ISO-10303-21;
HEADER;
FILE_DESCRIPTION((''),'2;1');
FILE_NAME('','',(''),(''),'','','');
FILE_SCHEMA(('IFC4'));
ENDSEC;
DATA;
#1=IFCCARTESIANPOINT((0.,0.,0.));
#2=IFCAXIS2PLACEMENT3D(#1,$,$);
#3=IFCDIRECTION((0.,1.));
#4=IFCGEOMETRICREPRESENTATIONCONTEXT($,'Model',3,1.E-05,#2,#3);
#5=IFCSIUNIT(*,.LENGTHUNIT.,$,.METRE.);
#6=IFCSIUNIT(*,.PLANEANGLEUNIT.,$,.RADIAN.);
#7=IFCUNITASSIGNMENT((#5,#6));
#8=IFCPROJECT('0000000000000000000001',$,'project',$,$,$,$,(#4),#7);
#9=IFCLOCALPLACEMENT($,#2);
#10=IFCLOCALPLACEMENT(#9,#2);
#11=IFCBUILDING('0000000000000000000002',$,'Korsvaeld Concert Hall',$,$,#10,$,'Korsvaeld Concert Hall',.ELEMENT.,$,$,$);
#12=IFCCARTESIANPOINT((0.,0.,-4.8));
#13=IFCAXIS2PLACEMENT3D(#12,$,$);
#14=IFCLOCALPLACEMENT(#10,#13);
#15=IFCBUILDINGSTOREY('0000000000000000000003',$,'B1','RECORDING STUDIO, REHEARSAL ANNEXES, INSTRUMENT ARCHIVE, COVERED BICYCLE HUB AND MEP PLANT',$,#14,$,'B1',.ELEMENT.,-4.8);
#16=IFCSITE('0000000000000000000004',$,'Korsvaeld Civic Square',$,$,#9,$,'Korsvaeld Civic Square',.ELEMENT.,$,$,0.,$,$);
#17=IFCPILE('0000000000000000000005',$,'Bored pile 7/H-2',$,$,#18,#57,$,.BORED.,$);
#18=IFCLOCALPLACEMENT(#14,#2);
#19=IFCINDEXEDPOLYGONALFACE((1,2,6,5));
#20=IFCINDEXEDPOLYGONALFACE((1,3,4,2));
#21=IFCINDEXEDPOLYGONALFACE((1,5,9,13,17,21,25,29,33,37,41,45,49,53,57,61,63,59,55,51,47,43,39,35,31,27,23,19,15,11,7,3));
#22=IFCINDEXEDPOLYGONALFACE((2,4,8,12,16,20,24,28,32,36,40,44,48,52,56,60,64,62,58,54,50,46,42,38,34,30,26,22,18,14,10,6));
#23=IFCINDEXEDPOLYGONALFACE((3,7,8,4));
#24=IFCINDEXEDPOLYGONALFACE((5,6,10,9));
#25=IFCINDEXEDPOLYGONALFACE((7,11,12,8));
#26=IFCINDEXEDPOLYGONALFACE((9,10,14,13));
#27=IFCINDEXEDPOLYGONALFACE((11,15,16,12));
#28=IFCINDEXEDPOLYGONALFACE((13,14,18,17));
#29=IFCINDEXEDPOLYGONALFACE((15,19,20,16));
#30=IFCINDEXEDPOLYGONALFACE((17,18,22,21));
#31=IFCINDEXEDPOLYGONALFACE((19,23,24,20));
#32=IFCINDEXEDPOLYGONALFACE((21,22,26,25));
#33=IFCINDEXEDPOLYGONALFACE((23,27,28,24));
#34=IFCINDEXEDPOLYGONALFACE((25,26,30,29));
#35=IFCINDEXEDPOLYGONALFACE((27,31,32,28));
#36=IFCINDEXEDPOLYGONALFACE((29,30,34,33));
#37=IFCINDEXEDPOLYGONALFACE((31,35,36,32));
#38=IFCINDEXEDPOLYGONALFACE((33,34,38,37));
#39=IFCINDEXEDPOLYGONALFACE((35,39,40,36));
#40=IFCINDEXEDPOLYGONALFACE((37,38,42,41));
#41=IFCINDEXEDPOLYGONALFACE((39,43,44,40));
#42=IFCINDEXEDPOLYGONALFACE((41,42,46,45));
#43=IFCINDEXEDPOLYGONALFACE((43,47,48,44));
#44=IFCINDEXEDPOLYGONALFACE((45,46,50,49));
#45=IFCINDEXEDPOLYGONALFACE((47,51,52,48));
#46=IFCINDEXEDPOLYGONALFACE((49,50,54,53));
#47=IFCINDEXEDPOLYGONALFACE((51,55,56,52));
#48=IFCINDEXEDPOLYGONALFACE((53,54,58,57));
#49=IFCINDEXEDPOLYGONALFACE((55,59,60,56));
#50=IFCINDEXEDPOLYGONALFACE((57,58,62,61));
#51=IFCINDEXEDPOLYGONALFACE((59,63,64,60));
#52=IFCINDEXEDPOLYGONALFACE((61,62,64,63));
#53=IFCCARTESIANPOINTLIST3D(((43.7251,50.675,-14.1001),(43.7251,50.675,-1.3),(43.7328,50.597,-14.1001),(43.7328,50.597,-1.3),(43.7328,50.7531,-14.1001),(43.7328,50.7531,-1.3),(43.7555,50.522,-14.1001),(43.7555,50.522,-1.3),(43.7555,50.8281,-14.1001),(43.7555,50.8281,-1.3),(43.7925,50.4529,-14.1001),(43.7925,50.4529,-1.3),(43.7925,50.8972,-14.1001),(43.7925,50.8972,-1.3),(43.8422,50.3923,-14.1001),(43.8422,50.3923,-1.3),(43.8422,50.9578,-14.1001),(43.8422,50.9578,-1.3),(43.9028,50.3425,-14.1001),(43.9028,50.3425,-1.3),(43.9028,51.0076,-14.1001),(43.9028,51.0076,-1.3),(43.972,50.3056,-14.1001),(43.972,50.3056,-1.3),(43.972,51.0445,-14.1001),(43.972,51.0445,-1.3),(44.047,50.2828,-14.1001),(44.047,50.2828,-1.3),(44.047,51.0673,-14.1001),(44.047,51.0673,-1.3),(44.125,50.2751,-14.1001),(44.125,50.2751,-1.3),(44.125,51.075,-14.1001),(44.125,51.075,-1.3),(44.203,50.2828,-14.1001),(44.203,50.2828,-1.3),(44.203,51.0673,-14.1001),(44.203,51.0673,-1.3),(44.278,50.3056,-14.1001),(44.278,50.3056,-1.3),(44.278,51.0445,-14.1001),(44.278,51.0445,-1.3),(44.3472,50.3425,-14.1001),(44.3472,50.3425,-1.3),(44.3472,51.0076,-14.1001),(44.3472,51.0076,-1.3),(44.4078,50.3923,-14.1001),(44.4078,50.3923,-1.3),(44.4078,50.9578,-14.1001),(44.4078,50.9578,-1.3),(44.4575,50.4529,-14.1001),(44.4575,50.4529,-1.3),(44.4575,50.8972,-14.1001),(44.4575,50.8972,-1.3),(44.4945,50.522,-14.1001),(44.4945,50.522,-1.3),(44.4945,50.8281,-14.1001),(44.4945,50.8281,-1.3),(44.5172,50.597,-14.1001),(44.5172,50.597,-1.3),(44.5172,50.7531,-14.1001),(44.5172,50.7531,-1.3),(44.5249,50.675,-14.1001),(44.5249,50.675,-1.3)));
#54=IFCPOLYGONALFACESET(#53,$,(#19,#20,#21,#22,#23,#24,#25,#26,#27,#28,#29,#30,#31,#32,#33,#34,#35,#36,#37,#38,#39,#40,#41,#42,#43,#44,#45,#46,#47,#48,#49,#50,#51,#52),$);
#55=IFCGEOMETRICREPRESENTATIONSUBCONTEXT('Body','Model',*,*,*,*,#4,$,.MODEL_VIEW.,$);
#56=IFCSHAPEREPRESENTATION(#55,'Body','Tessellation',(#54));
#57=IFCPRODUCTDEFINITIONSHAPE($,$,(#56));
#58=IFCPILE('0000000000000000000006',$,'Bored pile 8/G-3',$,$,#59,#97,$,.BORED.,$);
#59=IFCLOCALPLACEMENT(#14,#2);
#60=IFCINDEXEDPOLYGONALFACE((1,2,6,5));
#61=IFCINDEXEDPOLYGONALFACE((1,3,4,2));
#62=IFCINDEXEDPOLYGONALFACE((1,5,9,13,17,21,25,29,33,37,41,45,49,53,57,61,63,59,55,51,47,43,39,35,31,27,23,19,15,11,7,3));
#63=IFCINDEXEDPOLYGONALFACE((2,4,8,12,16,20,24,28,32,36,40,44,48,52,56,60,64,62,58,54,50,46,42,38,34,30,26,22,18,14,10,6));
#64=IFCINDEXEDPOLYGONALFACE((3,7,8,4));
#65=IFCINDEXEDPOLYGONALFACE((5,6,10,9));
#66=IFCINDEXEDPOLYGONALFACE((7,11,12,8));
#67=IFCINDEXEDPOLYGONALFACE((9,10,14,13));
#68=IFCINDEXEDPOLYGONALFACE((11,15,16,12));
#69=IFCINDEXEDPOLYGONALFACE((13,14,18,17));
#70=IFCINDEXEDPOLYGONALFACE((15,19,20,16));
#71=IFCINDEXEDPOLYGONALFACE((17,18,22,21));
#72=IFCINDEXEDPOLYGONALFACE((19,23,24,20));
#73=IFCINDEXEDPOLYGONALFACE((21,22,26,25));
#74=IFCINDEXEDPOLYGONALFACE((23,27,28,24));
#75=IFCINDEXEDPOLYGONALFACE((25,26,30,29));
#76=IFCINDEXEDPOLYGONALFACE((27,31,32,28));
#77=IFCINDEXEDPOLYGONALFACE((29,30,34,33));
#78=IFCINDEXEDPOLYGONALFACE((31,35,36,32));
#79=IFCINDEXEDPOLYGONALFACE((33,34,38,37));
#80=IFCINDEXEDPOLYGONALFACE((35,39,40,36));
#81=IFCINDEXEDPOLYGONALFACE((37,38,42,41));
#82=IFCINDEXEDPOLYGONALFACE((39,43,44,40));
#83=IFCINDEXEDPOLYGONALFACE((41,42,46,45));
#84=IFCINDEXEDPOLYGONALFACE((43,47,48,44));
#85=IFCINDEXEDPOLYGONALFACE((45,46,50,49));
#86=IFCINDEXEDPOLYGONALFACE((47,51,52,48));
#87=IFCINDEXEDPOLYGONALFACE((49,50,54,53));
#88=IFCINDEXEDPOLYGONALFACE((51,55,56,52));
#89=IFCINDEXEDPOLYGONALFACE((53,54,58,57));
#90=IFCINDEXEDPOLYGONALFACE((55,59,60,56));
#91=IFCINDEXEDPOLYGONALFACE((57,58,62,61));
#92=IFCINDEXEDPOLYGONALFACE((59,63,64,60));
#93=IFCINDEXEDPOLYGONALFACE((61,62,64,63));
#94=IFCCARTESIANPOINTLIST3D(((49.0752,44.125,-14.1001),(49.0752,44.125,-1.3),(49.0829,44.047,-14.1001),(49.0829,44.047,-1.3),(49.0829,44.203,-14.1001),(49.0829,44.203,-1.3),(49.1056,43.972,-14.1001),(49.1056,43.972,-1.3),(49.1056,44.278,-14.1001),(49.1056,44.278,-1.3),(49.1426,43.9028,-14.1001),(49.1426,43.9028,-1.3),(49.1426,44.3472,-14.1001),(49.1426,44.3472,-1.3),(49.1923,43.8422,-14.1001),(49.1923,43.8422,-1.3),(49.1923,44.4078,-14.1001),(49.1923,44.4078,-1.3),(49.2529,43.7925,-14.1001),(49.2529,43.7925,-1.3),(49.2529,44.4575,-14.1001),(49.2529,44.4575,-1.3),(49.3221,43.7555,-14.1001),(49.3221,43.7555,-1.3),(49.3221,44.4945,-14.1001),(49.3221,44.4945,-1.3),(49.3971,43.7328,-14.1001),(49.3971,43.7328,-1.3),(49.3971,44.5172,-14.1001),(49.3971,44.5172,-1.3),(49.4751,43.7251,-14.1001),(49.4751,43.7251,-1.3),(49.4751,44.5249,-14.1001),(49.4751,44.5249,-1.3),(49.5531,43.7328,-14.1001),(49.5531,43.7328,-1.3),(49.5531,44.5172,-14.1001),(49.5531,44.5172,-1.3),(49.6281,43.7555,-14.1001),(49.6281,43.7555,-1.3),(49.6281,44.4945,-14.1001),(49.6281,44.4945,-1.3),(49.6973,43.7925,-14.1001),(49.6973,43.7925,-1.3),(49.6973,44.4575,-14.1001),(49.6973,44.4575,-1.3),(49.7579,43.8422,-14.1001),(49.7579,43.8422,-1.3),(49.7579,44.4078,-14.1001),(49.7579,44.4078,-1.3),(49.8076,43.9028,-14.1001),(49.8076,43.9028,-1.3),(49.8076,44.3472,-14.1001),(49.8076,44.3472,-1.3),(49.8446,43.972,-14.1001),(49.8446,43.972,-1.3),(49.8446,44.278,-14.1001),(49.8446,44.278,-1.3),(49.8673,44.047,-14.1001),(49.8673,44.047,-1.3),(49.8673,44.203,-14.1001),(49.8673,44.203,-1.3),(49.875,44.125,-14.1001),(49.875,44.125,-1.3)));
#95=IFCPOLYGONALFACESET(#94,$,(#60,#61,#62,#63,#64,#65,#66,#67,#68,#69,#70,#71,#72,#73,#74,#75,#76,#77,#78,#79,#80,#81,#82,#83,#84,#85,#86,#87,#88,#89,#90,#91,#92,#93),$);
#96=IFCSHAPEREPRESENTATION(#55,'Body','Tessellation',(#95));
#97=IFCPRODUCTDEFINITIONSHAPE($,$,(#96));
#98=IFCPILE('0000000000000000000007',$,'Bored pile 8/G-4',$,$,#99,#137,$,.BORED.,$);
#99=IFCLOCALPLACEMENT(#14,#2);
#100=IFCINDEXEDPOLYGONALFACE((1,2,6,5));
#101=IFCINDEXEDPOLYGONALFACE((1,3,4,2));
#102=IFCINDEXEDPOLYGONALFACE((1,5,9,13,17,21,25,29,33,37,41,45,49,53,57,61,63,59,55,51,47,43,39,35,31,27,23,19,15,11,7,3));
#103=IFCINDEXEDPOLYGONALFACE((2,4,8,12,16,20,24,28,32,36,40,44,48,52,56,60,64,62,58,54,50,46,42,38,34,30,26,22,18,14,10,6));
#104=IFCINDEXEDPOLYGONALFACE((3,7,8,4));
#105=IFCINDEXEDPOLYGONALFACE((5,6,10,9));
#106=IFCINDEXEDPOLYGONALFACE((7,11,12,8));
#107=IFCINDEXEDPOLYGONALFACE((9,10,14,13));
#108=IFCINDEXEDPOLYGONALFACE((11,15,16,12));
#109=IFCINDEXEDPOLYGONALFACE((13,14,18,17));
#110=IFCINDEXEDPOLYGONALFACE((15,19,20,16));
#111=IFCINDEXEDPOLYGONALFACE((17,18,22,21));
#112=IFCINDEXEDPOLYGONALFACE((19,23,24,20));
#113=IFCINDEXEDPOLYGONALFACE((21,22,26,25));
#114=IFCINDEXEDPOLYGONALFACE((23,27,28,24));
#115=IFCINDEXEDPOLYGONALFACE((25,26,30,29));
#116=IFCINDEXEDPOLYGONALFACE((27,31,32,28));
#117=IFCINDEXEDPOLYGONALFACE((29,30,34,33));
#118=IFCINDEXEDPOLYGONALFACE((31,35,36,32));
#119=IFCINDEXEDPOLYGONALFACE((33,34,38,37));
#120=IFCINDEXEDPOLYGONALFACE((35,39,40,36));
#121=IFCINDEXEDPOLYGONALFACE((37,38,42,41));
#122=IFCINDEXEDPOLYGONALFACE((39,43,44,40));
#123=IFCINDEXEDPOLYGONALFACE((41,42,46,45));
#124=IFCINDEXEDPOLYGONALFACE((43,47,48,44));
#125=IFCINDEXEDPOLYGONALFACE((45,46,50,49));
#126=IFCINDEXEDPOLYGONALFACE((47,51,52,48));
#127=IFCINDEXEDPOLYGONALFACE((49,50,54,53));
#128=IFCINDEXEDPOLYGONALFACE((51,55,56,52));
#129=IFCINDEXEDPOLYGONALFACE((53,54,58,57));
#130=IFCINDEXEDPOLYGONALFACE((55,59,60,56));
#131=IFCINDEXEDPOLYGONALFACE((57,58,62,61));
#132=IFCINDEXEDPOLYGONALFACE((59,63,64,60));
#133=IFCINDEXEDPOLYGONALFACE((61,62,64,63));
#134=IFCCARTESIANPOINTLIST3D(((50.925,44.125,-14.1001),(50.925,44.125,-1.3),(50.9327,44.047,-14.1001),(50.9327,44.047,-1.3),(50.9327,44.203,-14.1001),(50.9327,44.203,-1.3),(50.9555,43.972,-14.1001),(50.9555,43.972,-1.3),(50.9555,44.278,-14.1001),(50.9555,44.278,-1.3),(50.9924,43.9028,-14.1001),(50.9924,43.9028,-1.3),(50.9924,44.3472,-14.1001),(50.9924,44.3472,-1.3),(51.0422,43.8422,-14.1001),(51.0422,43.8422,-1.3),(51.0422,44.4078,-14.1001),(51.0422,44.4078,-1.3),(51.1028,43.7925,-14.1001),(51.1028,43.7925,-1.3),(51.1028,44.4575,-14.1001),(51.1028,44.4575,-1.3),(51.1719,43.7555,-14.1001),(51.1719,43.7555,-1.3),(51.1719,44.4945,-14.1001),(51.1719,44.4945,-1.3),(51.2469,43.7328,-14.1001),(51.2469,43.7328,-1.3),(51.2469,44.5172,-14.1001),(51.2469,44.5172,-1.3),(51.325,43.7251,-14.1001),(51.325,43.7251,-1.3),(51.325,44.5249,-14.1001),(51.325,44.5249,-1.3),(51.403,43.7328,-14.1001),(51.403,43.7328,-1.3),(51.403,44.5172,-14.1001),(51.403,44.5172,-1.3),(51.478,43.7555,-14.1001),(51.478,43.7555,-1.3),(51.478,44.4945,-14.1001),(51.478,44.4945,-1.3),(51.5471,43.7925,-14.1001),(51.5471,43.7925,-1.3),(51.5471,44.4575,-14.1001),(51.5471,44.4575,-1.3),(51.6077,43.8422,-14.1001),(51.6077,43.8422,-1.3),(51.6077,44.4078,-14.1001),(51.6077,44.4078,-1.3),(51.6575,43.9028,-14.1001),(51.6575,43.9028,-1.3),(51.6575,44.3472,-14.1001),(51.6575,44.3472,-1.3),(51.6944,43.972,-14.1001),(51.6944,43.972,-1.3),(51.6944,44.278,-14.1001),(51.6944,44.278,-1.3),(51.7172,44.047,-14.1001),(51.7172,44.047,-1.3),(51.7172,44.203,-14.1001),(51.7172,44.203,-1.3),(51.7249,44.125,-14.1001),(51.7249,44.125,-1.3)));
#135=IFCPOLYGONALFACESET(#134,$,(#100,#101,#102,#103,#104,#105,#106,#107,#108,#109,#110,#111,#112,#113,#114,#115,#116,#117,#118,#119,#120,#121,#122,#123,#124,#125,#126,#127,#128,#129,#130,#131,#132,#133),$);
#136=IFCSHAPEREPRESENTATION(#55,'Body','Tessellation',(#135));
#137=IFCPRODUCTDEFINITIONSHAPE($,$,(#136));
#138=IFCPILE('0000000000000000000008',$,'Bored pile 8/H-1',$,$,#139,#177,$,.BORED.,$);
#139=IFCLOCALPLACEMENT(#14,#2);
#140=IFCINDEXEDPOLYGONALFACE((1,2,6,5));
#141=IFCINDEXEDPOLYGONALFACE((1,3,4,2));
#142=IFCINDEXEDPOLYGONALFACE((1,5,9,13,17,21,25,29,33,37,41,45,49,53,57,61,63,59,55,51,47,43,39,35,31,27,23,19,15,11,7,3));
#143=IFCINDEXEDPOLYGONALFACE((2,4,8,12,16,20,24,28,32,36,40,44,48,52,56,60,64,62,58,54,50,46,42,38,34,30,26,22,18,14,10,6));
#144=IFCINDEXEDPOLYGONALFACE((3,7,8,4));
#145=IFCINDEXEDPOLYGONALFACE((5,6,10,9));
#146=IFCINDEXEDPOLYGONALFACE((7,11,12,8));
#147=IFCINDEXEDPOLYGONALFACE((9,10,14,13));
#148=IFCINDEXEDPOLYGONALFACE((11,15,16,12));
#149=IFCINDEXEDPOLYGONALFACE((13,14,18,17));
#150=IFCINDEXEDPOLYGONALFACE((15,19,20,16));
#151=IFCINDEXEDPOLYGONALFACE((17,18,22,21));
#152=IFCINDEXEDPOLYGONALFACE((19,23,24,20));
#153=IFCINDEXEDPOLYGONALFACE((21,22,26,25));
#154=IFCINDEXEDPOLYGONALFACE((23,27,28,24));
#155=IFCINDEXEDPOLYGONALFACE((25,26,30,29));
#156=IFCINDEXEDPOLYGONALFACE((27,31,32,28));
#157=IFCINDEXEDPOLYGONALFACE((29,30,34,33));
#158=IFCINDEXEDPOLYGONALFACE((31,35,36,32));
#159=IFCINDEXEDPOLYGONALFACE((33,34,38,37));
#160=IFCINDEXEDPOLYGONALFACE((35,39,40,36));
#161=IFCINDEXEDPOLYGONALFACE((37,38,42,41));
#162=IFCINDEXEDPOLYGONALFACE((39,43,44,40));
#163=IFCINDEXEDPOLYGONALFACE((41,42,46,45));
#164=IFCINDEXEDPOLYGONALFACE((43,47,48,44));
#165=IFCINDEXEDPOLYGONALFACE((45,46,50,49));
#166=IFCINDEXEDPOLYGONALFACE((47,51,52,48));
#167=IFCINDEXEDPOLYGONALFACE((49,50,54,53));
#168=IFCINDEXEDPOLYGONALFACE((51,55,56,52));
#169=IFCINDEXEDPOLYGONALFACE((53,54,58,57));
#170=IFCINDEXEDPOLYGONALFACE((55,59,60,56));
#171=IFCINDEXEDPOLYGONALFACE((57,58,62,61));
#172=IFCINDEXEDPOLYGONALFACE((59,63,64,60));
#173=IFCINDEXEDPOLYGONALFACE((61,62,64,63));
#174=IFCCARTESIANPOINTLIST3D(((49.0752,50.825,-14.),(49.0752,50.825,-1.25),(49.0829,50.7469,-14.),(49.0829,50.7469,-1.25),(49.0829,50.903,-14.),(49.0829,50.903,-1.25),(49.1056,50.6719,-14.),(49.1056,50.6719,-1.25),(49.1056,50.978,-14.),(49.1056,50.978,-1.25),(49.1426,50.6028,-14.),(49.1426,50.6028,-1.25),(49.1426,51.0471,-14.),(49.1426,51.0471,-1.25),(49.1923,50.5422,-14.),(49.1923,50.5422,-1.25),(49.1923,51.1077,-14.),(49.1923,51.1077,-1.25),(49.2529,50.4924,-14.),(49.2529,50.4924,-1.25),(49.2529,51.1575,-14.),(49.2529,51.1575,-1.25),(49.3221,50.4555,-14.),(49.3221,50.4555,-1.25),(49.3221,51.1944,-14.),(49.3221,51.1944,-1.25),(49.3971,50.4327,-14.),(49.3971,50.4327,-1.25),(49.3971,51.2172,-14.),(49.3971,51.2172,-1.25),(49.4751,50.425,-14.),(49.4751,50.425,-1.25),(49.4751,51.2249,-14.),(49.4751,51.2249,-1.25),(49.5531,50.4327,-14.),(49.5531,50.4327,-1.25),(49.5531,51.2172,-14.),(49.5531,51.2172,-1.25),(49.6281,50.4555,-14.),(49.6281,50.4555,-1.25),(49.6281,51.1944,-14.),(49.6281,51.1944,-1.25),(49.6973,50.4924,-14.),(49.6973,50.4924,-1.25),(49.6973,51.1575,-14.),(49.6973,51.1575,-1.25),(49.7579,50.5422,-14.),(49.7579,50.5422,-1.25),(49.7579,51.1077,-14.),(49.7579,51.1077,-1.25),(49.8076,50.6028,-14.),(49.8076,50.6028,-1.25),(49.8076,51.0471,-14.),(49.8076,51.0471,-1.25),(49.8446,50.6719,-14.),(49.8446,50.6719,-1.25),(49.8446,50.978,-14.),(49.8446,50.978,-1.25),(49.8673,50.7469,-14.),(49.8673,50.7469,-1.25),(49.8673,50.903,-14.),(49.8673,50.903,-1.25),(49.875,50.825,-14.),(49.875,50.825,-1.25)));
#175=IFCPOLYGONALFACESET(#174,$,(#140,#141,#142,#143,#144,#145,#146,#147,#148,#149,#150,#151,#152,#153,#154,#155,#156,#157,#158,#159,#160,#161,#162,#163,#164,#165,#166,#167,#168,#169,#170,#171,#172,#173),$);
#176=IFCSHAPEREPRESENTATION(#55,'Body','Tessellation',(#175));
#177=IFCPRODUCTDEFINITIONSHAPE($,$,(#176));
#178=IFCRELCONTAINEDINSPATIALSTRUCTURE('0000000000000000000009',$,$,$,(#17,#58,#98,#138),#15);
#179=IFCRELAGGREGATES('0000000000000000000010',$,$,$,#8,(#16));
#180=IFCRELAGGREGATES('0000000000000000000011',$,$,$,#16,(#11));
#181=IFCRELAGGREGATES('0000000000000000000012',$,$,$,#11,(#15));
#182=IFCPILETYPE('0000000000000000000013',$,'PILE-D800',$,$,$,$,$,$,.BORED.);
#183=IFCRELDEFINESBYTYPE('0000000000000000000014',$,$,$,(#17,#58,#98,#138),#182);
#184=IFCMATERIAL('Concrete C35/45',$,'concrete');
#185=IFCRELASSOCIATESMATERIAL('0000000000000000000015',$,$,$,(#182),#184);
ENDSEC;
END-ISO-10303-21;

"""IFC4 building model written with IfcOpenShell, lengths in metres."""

from ifc_helpers import new_model, si_unit, direction, frame, origin, origin_2d, place, context, subcontext, project, spatial, circle, extrude, material, material_profile, profile_set, type_object, element, save


model = new_model("IFC4")

# Units and contexts
model_context = context("Model", 3, precision=1e-05, world=origin(), true_north=direction((0.0, 1.0)))
body_context = subcontext(model_context, "Body", "Model", "MODEL_VIEW")
ifc_project = project(units=[si_unit("LENGTHUNIT", "METRE"), si_unit("PLANEANGLEUNIT", "RADIAN")], contexts=[model_context])

# Site, building, storey
site_placement = place(None, origin())
site = spatial("IfcSite", under=ifc_project, at=site_placement, Name="Korsvaeld Civic Square", LongName="Korsvaeld Civic Square", CompositionType="ELEMENT", RefElevation=0.0)
building_placement = place(site_placement, origin())
building = spatial("IfcBuilding", under=site, at=building_placement, Name="Korsvaeld Concert Hall", LongName="Korsvaeld Concert Hall", CompositionType="ELEMENT")
storey_placement = place(building_placement, frame((0.0, 0.0, -4.8)))
storey = spatial("IfcBuildingStorey", under=building, at=storey_placement, Name="B1", Description="RECORDING STUDIO, REHEARSAL ANNEXES, INSTRUMENT ARCHIVE, COVERED BICYCLE HUB AND MEP PLANT", LongName="B1", CompositionType="ELEMENT", Elevation=-4.8)

# Shared definitions
ifc_material_1 = material(Name="Concrete C35/45", Category="concrete")

# Piles
ifc_material_profile_1 = material_profile(ifc_material_1, circle(Radius=0.3999, at=origin_2d()), Name="BORED PILE D800")
ifc_profile_set_1 = profile_set([ifc_material_profile_1], Name="Concrete C35/45")
pile_type_1 = type_object("IfcPileType", Name="PILE-D800", PredefinedType="BORED", material=ifc_profile_set_1)
for number, where, z_axis, x_axis, name in (
    (1, (44.125, 50.675, -1.3), (0.0, 0.0, -1.0), (1.0, 0.0, 0.0), "Bored pile 7/H-2"),
    (2, (49.4751, 44.125, -1.3), (0.0, 0.0, -1.0), (1.0, 0.0, 0.0), "Bored pile 8/G-3"),
    (3, (51.325, 44.125, -1.3), (0.0, 0.0, -1.0), (1.0, 0.0, 0.0), "Bored pile 8/G-4"),
):
    element("IfcPile", number, at=place(storey_placement, frame(where, z_axis=z_axis, x_axis=x_axis)), inside=storey, type_object=pile_type_1, Name=name, PredefinedType="BORED", context=body_context, shape_type="SweptSolid", body=[
        extrude(circle(Radius=0.3999, at=origin_2d()), origin(), (0.0, 0.0, 1.0), 12.8),
    ])
for number, where, z_axis, x_axis, name in (
    (4, (49.4751, 50.825, -1.25), (0.0, 0.0, -1.0), (1.0, 0.0, 0.0), "Bored pile 8/H-1"),
):
    element("IfcPile", number, at=place(storey_placement, frame(where, z_axis=z_axis, x_axis=x_axis)), inside=storey, type_object=pile_type_1, Name=name, PredefinedType="BORED", context=body_context, shape_type="SweptSolid", body=[
        extrude(circle(Radius=0.3999, at=origin_2d()), origin(), (0.0, 0.0, 1.0), 12.75),
    ])

save(model, "model.ifc")
